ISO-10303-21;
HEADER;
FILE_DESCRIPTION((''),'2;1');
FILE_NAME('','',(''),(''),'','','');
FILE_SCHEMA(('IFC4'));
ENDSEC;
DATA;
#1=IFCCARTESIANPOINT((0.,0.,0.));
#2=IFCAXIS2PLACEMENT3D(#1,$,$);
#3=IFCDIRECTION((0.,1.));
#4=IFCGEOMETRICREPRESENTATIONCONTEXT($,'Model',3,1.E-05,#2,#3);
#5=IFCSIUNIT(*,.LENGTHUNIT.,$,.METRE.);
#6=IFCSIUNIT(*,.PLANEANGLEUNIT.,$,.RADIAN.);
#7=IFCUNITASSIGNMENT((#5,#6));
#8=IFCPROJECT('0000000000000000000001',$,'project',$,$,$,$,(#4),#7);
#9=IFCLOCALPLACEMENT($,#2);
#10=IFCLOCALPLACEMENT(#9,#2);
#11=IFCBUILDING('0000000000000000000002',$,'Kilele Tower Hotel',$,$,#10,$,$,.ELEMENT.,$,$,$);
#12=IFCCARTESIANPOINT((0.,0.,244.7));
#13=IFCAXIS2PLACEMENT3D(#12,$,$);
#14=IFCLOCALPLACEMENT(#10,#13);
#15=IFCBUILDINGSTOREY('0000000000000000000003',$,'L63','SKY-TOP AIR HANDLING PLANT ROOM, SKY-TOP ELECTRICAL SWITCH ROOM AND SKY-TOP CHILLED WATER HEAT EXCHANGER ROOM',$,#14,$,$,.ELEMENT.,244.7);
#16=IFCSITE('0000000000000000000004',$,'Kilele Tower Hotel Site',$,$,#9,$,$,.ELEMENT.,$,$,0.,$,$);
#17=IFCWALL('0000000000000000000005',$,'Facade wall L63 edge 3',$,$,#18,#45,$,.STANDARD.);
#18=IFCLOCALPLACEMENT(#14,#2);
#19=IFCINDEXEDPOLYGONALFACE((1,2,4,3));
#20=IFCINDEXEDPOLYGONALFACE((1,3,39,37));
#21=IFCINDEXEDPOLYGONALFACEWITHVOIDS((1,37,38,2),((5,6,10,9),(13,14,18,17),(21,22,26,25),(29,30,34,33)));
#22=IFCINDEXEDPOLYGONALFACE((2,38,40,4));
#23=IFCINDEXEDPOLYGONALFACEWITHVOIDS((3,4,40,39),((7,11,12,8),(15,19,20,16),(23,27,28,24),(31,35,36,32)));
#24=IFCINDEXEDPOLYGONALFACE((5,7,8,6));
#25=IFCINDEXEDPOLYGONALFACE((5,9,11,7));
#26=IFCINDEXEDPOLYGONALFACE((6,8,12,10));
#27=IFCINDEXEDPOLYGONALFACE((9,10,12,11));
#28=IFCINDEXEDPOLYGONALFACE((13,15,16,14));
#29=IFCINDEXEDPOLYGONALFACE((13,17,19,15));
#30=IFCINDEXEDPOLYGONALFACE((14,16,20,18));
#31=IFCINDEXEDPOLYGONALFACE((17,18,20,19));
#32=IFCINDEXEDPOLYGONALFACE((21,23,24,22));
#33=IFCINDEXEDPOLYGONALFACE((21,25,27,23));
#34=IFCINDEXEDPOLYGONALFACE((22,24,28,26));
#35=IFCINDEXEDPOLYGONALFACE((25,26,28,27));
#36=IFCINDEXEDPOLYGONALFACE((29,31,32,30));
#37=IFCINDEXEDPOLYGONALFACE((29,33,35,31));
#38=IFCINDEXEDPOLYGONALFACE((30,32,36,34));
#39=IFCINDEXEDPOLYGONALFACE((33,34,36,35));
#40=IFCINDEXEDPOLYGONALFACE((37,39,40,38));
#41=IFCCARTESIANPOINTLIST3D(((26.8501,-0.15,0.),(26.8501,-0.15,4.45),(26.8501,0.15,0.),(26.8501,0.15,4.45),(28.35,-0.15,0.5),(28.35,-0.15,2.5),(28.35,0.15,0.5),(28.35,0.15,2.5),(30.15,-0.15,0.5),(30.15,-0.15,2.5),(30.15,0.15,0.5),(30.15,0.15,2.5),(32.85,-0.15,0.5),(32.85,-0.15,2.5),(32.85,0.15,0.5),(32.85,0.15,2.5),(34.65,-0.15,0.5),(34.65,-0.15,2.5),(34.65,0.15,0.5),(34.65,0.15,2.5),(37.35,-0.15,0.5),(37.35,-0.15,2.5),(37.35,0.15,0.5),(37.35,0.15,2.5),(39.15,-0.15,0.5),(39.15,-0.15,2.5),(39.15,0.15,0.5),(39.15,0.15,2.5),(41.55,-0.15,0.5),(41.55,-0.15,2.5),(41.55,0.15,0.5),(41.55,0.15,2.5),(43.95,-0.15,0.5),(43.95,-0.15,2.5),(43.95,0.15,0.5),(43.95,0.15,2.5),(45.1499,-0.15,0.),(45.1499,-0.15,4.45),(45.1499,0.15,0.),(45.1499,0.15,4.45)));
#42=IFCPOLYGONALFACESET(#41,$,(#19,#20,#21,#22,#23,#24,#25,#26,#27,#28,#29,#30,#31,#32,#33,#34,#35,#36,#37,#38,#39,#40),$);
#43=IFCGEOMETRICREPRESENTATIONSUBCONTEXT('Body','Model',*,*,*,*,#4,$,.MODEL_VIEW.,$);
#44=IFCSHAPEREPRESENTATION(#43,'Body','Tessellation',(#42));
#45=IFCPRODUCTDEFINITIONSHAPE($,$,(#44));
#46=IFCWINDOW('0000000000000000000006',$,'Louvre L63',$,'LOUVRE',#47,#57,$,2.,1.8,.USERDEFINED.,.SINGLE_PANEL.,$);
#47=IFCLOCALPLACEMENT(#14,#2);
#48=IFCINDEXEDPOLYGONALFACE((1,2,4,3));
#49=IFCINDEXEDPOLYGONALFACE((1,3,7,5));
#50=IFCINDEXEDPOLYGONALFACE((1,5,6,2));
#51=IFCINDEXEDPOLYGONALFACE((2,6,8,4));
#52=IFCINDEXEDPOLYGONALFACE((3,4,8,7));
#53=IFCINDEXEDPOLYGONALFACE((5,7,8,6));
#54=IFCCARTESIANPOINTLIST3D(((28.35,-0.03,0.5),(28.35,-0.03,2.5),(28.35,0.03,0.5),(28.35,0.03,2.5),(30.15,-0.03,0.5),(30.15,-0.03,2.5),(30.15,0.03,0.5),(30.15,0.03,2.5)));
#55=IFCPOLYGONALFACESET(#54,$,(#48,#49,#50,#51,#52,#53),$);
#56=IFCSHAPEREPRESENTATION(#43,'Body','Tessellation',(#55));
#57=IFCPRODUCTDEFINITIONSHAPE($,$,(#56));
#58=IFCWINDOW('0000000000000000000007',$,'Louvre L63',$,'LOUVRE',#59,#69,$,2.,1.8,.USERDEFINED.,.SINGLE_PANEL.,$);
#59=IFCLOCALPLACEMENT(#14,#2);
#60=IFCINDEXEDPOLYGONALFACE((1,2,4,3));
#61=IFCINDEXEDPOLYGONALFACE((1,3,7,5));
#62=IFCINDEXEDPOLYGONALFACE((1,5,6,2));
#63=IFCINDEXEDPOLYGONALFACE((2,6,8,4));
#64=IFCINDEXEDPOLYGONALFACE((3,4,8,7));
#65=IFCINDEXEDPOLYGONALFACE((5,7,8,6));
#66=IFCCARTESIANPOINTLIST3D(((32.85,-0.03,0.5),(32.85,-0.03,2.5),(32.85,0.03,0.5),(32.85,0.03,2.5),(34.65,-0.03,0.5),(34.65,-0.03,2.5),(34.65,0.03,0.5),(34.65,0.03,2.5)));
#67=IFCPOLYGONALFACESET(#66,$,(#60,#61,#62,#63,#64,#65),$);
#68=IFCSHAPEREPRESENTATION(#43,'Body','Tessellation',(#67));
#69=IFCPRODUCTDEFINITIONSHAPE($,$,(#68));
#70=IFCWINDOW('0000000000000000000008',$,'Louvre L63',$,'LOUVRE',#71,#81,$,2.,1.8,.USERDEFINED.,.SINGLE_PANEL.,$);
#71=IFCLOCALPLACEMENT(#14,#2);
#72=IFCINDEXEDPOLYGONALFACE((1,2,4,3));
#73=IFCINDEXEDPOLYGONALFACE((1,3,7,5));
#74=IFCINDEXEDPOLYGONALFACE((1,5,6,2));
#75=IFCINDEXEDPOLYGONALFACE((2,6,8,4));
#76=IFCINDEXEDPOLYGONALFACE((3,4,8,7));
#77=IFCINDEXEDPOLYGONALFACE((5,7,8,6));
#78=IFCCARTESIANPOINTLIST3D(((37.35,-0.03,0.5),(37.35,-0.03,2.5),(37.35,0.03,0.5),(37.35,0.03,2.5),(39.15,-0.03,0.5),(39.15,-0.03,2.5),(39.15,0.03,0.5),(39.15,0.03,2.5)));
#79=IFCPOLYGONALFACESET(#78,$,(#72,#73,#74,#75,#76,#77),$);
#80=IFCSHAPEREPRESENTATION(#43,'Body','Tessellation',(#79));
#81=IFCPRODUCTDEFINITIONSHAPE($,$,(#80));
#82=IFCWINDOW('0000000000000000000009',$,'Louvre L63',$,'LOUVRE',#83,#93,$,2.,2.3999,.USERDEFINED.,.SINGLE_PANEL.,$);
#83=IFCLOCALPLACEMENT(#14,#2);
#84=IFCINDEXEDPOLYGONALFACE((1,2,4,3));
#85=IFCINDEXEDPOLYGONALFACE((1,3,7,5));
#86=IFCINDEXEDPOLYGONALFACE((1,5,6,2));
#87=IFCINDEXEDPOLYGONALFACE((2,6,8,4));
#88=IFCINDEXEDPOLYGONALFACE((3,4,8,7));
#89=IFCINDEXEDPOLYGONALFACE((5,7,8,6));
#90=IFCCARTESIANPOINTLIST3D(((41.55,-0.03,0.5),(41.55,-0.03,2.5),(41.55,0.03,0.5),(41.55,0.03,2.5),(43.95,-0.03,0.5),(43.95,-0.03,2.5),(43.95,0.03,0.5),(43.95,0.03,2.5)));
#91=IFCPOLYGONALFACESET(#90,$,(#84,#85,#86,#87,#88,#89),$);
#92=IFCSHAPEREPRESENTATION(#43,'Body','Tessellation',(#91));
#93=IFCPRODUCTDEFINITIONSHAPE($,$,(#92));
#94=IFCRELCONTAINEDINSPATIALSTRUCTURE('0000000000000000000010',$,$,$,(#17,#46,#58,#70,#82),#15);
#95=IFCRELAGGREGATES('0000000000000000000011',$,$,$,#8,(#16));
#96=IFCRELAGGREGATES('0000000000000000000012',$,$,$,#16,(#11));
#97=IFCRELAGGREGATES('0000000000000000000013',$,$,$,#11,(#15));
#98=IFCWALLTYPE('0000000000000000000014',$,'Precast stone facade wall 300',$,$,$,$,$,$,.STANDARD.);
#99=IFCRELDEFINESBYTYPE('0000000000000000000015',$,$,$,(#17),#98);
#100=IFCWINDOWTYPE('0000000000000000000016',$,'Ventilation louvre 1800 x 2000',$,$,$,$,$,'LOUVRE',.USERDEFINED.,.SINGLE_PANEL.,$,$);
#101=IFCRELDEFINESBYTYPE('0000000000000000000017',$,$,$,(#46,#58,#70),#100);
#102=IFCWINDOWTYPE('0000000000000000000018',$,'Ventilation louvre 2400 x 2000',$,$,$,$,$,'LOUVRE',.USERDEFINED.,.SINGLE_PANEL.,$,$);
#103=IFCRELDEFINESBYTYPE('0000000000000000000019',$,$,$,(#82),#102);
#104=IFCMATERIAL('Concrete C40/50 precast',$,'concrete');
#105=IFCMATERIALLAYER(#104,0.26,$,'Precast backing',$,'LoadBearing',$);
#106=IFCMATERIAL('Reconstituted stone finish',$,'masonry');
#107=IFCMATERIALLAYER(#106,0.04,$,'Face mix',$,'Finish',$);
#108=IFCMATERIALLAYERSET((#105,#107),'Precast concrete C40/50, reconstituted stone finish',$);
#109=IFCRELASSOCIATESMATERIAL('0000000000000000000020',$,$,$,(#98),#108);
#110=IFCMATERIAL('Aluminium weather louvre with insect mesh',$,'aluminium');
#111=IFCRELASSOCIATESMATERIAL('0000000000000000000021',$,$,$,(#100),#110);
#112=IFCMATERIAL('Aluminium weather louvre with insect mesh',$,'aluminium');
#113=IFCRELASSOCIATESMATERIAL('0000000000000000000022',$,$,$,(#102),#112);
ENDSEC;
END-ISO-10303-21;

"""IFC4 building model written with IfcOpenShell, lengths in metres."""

from ifc_helpers import new_model, si_unit, direction, frame, frame_2d, origin, place, context, subcontext, project, spatial, rectangle, extrude, material, layer, layer_set, type_object, element, fill, save


model = new_model("IFC4")

# Units and contexts
model_context = context("Model", 3, precision=1e-05, world=origin(), true_north=direction((0.0, 1.0)))
body_context = subcontext(model_context, "Body", "Model", "MODEL_VIEW")
ifc_project = project(units=[si_unit("LENGTHUNIT", "METRE"), si_unit("PLANEANGLEUNIT", "RADIAN")], contexts=[model_context])

# Site, building, storey
site_placement = place(None, origin())
site = spatial("IfcSite", under=ifc_project, at=site_placement, Name="Kilele Tower Hotel Site", CompositionType="ELEMENT", RefElevation=0.0)
building_placement = place(site_placement, origin())
building = spatial("IfcBuilding", under=site, at=building_placement, Name="Kilele Tower Hotel", CompositionType="ELEMENT")
storey_placement = place(building_placement, frame((0.0, 0.0, 244.7)))
storey = spatial("IfcBuildingStorey", under=building, at=storey_placement, Name="L63", Description="SKY-TOP AIR HANDLING PLANT ROOM, SKY-TOP ELECTRICAL SWITCH ROOM AND SKY-TOP CHILLED WATER HEAT EXCHANGER ROOM", CompositionType="ELEMENT", Elevation=244.7)

# Wall, openings, windows
ifc_material_1 = material(Name="Concrete C40/50 precast", Category="concrete")
ifc_layer_1 = layer(ifc_material_1, 0.26, Name="Precast backing", Category="LoadBearing")
ifc_material_2 = material(Name="Reconstituted stone finish", Category="masonry")
ifc_layer_2 = layer(ifc_material_2, 0.04, Name="Face mix", Category="Finish")
ifc_layer_set = layer_set([ifc_layer_1, ifc_layer_2], Name="Precast concrete C40/50, reconstituted stone finish")
wall_type = type_object("IfcWallType", Name="Precast stone facade wall 300", PredefinedType="STANDARD", material=ifc_layer_set)
wall_placement = place(storey_placement, frame((26.8501, 0.0, 0.0), z_axis=(0.0, 0.0, 1.0), x_axis=(1.0, 0.0, 0.0)))
wall = element("IfcWall", 1, at=wall_placement, inside=storey, type_object=wall_type, Name="Facade wall L63 edge 3", PredefinedType="STANDARD", context=body_context, shape_type="SweptSolid", body=[
    extrude(rectangle(XDim=18.2998, YDim=0.3, at=frame_2d((9.1499, 0.0))), origin(), (0.0, 0.0, 1.0), 4.45),
])
opening_1_placement = place(wall_placement, frame((1.5, 0.0, 0.5)))
opening_1 = element("IfcOpeningElement", 2, at=opening_1_placement, cuts=wall, PredefinedType="OPENING", context=body_context, shape_type="SweptSolid", body=[
    extrude(rectangle(XDim=1.8, YDim=2.0, at=frame_2d((0.8999, 1.0))), frame((0.0, 0.1599, 0.0), z_axis=(0.0, -1.0, 0.0), x_axis=(1.0, 0.0, 0.0)), (0.0, 0.0, 1.0), 0.3201),
])
opening_2_placement = place(wall_placement, frame((6.0, 0.0, 0.5)))
opening_2 = element("IfcOpeningElement", 3, at=opening_2_placement, cuts=wall, PredefinedType="OPENING", context=body_context, shape_type="SweptSolid", body=[
    extrude(rectangle(XDim=1.8, YDim=2.0, at=frame_2d((0.8999, 1.0))), frame((0.0, 0.1599, 0.0), z_axis=(0.0, -1.0, 0.0), x_axis=(1.0, 0.0, 0.0)), (0.0, 0.0, 1.0), 0.3201),
])
opening_3_placement = place(wall_placement, frame((10.5, 0.0, 0.5)))
opening_3 = element("IfcOpeningElement", 4, at=opening_3_placement, cuts=wall, PredefinedType="OPENING", context=body_context, shape_type="SweptSolid", body=[
    extrude(rectangle(XDim=1.8, YDim=2.0, at=frame_2d((0.8999, 1.0))), frame((0.0, 0.1599, 0.0), z_axis=(0.0, -1.0, 0.0), x_axis=(1.0, 0.0, 0.0)), (0.0, 0.0, 1.0), 0.3201),
])
opening_4_placement = place(wall_placement, frame((14.7, 0.0, 0.5)))
opening_4 = element("IfcOpeningElement", 5, at=opening_4_placement, cuts=wall, PredefinedType="OPENING", context=body_context, shape_type="SweptSolid", body=[
    extrude(rectangle(XDim=2.3999, YDim=2.0, at=frame_2d((1.2, 1.0))), frame((0.0, 0.1599, 0.0), z_axis=(0.0, -1.0, 0.0), x_axis=(1.0, 0.0, 0.0)), (0.0, 0.0, 1.0), 0.3201),
])
ifc_material_3 = material(Name="Aluminium weather louvre with insect mesh", Category="aluminium")
window_type_1 = type_object("IfcWindowType", Name="Ventilation louvre 1800 x 2000", ElementType="LOUVRE", PartitioningType="SINGLE_PANEL", PredefinedType="USERDEFINED", material=ifc_material_3)
window_1_placement = place(opening_1_placement, origin())
window_1 = element("IfcWindow", 6, at=window_1_placement, inside=storey, type_object=window_type_1, Name="Louvre L63", ObjectType="LOUVRE", OverallHeight=2.0, OverallWidth=1.8, PartitioningType="SINGLE_PANEL", PredefinedType="USERDEFINED", context=body_context, shape_type="SweptSolid", body=[
    extrude(rectangle(XDim=1.8, YDim=2.0, at=frame_2d((0.8999, 1.0))), frame((0.0, 0.03, 0.0), z_axis=(0.0, -1.0, 0.0), x_axis=(1.0, 0.0, 0.0)), (0.0, 0.0, 1.0), 0.0601),
])
fill(opening_1, window_1)
window_2_placement = place(opening_2_placement, origin())
window_2 = element("IfcWindow", 7, at=window_2_placement, inside=storey, type_object=window_type_1, Name="Louvre L63", ObjectType="LOUVRE", OverallHeight=2.0, OverallWidth=1.8, PartitioningType="SINGLE_PANEL", PredefinedType="USERDEFINED", context=body_context, shape_type="SweptSolid", body=[
    extrude(rectangle(XDim=1.8, YDim=2.0, at=frame_2d((0.8999, 1.0))), frame((0.0, 0.03, 0.0), z_axis=(0.0, -1.0, 0.0), x_axis=(1.0, 0.0, 0.0)), (0.0, 0.0, 1.0), 0.0601),
])
fill(opening_2, window_2)
window_3_placement = place(opening_3_placement, origin())
window_3 = element("IfcWindow", 8, at=window_3_placement, inside=storey, type_object=window_type_1, Name="Louvre L63", ObjectType="LOUVRE", OverallHeight=2.0, OverallWidth=1.8, PartitioningType="SINGLE_PANEL", PredefinedType="USERDEFINED", context=body_context, shape_type="SweptSolid", body=[
    extrude(rectangle(XDim=1.8, YDim=2.0, at=frame_2d((0.8999, 1.0))), frame((0.0, 0.03, 0.0), z_axis=(0.0, -1.0, 0.0), x_axis=(1.0, 0.0, 0.0)), (0.0, 0.0, 1.0), 0.0601),
])
fill(opening_3, window_3)
ifc_material_4 = material(Name="Aluminium weather louvre with insect mesh", Category="aluminium")
window_type_2 = type_object("IfcWindowType", Name="Ventilation louvre 2400 x 2000", ElementType="LOUVRE", PartitioningType="SINGLE_PANEL", PredefinedType="USERDEFINED", material=ifc_material_4)
window_4_placement = place(opening_4_placement, origin())
window_4 = element("IfcWindow", 9, at=window_4_placement, inside=storey, type_object=window_type_2, Name="Louvre L63", ObjectType="LOUVRE", OverallHeight=2.0, OverallWidth=2.3999, PartitioningType="SINGLE_PANEL", PredefinedType="USERDEFINED", context=body_context, shape_type="SweptSolid", body=[
    extrude(rectangle(XDim=2.3999, YDim=2.0, at=frame_2d((1.2, 1.0))), frame((0.0, 0.03, 0.0), z_axis=(0.0, -1.0, 0.0), x_axis=(1.0, 0.0, 0.0)), (0.0, 0.0, 1.0), 0.0601),
])
fill(opening_4, window_4)

save(model, "model.ifc")
